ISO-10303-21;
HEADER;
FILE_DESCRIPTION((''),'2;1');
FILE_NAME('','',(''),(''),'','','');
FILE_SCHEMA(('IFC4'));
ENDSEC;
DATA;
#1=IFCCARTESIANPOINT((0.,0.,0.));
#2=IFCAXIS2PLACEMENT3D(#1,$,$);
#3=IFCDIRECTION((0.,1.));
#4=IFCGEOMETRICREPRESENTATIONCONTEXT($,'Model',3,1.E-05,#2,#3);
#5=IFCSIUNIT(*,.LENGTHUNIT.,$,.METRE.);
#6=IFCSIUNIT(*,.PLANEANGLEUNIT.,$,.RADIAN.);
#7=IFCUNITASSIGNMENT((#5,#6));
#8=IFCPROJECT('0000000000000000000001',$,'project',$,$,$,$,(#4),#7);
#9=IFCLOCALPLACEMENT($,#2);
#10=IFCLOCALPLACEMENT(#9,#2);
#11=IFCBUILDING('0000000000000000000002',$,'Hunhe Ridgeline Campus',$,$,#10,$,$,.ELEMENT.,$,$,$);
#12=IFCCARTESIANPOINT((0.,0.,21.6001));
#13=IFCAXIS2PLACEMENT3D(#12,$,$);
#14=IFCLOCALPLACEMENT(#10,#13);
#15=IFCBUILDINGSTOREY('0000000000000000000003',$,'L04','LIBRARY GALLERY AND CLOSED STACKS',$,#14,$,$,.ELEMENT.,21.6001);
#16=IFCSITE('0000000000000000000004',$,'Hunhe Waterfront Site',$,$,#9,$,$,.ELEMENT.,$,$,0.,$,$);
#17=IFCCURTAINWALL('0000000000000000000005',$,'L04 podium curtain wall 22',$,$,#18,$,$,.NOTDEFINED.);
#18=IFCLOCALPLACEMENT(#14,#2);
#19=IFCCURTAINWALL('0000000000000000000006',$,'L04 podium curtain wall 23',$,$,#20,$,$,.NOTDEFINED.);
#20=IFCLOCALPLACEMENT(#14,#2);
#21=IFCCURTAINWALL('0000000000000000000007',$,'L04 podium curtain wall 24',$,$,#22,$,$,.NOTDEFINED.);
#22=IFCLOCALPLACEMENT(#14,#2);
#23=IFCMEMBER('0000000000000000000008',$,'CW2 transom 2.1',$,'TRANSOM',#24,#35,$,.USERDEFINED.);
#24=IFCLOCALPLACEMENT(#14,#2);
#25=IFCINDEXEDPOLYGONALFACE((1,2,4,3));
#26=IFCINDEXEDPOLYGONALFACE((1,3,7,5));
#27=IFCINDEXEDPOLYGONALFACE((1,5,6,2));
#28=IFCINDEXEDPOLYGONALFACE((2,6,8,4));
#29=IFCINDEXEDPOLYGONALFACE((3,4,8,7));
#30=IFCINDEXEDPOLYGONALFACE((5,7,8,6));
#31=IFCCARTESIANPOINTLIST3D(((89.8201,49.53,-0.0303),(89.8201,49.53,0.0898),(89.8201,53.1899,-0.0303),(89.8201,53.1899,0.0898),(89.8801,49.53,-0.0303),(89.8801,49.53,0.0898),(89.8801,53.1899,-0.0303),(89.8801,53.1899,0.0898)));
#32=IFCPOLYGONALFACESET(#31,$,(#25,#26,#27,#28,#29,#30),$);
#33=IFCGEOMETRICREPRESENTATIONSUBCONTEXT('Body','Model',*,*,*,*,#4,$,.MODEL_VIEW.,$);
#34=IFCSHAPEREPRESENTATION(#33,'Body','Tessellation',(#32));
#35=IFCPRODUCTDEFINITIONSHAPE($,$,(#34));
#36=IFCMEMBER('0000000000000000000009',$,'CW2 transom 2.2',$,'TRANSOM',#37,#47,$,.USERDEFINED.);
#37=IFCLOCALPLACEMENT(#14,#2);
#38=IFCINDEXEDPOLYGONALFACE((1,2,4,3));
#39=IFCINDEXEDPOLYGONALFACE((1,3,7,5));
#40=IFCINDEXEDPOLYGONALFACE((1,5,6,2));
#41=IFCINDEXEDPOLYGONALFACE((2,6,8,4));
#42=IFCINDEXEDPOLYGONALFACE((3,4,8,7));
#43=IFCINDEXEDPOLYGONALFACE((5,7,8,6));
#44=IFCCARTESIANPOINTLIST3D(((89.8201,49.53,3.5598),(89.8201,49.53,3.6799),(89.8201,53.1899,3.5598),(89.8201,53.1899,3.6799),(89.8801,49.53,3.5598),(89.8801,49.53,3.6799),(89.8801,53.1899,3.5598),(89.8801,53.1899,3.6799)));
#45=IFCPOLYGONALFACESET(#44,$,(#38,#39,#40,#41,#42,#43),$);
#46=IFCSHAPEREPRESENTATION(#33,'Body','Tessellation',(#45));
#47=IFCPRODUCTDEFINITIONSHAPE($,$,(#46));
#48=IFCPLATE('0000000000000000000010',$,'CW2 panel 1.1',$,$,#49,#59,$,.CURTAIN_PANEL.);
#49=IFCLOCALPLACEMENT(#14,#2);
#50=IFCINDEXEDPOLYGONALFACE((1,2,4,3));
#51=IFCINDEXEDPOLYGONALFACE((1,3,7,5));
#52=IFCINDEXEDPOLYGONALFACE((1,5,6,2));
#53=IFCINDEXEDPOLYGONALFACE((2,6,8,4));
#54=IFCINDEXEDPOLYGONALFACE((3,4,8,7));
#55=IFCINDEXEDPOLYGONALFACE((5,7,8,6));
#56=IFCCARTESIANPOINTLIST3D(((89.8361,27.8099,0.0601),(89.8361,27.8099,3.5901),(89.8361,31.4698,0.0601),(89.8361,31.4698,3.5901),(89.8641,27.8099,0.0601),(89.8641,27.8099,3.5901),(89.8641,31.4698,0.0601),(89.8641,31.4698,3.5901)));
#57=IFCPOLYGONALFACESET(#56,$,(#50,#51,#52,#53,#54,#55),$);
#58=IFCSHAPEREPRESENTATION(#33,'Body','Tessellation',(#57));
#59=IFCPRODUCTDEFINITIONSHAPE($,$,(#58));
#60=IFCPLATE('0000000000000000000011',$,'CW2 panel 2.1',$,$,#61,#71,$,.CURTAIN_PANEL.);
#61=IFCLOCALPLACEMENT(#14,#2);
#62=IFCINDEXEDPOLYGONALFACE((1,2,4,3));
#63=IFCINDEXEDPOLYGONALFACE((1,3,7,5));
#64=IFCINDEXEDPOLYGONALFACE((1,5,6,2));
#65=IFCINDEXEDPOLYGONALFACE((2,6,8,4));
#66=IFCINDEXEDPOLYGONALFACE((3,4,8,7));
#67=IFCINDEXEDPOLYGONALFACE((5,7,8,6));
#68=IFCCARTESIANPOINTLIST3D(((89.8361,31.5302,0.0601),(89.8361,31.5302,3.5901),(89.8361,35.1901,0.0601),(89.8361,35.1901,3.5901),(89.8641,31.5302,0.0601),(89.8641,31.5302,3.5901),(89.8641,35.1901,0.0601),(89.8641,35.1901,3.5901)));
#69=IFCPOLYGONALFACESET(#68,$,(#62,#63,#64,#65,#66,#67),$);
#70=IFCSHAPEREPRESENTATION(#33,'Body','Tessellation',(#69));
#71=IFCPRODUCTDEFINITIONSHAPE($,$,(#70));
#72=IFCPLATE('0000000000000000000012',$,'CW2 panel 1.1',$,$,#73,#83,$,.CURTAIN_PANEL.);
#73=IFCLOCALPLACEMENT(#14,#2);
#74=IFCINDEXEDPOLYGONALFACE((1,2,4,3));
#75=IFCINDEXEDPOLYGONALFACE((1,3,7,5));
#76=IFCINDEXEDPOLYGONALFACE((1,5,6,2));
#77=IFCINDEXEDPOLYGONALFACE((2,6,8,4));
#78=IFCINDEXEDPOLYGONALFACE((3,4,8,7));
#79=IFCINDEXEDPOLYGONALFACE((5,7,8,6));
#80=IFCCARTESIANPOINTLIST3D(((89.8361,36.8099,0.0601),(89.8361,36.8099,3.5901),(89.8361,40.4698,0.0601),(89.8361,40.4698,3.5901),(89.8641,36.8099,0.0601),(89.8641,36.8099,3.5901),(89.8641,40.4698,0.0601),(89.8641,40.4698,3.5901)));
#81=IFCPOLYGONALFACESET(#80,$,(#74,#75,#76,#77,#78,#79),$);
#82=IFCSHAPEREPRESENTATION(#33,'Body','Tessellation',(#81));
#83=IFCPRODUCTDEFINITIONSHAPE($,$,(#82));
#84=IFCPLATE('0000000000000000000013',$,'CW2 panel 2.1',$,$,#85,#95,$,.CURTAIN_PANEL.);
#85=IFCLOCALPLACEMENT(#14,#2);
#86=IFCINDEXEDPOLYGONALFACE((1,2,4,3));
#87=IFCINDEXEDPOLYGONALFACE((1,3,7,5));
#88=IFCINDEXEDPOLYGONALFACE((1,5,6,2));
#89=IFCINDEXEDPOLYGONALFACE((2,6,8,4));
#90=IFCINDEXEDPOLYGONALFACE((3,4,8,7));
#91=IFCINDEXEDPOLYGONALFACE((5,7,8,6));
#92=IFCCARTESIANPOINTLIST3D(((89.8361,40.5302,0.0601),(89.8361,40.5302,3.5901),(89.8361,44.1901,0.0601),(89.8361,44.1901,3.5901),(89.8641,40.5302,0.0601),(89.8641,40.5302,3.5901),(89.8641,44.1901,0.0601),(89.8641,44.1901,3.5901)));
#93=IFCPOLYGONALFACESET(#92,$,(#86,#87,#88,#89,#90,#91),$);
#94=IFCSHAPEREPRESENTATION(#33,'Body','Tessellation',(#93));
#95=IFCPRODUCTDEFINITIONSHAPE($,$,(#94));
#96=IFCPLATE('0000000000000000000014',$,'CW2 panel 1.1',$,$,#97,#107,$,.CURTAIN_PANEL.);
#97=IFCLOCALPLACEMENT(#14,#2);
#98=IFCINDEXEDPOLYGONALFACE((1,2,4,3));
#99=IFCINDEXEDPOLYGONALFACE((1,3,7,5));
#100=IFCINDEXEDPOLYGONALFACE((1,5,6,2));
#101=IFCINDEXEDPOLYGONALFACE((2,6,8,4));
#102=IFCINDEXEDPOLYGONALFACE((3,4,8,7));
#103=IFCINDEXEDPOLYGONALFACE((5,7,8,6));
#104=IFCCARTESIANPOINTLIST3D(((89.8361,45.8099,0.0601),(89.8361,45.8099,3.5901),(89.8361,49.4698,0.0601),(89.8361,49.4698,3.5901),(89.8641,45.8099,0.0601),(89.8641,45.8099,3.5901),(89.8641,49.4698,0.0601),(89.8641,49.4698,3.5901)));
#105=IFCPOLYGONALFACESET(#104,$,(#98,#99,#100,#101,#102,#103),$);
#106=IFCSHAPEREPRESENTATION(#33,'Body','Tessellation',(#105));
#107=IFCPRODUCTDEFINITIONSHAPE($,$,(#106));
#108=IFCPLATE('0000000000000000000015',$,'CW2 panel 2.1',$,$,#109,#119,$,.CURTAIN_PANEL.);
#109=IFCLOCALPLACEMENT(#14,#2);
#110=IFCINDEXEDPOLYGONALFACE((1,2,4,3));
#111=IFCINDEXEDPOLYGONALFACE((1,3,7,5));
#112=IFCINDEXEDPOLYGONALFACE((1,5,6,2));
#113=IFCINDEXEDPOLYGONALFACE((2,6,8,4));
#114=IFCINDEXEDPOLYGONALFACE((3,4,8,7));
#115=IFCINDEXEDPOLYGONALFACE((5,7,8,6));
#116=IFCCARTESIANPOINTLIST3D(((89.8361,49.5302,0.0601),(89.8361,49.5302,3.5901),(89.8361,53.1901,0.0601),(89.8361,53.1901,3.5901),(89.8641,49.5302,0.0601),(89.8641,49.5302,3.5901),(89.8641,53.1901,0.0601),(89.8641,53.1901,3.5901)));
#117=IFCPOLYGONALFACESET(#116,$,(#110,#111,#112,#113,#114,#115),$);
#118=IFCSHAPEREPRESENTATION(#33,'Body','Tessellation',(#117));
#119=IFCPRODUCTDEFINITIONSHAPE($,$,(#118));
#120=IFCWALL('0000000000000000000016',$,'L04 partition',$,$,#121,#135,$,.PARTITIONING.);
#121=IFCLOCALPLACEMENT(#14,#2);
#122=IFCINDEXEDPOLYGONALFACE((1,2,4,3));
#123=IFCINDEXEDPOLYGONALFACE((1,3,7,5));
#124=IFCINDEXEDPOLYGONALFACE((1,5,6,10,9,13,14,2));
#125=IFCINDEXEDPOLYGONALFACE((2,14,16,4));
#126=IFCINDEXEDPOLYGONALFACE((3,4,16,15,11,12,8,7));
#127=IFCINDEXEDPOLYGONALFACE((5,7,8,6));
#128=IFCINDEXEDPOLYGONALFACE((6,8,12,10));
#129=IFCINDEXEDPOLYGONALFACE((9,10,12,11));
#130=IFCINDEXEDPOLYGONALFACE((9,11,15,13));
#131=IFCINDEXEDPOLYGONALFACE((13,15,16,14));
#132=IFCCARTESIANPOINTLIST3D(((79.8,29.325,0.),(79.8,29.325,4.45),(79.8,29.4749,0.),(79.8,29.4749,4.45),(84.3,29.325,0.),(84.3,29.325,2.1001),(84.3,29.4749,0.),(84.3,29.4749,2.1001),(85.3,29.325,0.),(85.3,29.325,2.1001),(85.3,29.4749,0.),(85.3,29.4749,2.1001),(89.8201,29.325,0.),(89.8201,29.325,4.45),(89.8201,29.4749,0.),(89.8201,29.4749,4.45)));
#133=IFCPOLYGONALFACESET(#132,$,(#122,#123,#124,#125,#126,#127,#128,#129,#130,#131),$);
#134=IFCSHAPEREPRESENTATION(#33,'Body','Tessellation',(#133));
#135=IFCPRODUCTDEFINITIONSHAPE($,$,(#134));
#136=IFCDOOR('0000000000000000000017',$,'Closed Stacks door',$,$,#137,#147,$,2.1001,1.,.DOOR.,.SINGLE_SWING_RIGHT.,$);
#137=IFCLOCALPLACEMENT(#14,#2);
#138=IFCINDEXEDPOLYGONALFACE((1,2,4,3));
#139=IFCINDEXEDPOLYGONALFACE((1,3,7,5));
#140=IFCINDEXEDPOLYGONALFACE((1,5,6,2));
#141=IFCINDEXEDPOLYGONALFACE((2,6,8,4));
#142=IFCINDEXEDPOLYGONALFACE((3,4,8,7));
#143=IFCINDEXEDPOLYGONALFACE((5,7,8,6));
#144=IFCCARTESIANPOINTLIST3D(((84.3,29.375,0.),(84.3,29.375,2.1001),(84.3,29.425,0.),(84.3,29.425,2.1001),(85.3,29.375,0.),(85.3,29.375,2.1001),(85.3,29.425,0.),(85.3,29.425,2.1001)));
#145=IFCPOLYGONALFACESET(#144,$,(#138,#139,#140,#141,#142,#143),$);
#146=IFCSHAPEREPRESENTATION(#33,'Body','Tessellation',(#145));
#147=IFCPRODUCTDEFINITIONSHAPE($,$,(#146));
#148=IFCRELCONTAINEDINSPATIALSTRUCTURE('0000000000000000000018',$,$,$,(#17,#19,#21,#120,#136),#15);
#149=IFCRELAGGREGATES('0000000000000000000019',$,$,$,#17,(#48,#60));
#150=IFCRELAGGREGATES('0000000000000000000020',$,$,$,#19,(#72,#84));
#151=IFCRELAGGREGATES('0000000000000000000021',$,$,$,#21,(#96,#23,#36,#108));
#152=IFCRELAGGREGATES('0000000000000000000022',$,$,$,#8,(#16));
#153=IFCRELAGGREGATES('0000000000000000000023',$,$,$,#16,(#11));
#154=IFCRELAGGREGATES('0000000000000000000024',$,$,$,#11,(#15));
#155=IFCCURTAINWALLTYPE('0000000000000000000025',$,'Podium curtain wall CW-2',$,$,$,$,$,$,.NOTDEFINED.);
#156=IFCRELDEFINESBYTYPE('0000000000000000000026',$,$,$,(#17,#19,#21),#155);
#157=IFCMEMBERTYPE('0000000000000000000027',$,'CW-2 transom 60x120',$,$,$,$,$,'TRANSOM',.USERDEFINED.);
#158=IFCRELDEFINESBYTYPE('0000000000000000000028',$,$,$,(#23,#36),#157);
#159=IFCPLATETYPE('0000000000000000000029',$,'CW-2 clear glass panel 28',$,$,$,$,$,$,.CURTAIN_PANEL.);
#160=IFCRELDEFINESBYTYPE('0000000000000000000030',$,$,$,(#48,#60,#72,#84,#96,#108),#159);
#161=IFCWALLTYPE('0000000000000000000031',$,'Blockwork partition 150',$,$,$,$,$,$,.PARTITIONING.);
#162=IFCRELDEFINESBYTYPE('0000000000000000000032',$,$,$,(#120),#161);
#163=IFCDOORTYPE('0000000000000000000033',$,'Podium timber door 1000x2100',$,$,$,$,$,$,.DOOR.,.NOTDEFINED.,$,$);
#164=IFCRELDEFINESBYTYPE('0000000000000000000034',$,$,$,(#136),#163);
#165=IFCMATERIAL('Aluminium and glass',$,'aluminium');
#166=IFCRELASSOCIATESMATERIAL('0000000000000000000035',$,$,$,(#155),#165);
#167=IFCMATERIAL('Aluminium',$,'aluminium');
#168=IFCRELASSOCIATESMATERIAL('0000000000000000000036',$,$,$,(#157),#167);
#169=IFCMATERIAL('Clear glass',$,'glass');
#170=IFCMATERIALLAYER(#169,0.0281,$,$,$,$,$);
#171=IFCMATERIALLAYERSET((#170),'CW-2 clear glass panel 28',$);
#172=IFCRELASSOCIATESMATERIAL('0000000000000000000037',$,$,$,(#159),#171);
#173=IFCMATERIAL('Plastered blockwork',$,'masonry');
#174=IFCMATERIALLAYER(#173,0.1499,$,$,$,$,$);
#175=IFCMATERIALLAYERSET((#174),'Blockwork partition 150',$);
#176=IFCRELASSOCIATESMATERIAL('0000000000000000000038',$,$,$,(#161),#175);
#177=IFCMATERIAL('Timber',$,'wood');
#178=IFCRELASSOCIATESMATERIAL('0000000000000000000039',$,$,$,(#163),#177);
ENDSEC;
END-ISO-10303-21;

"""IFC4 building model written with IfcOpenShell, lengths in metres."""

from ifc_helpers import new_model, si_unit, direction, frame, frame_2d, origin, origin_2d, place, context, subcontext, project, spatial, rectangle, extrude, material, layer, layer_set, material_profile, profile_set, type_object, element, fill, aggregate, save


model = new_model("IFC4")

# Units and contexts
model_context = context("Model", 3, precision=1e-05, world=origin(), true_north=direction((0.0, 1.0)))
body_context = subcontext(model_context, "Body", "Model", "MODEL_VIEW")
ifc_project = project(units=[si_unit("LENGTHUNIT", "METRE"), si_unit("PLANEANGLEUNIT", "RADIAN")], contexts=[model_context])

# Site, building, storey
site_placement = place(None, origin())
site = spatial("IfcSite", under=ifc_project, at=site_placement, Name="Hunhe Waterfront Site", CompositionType="ELEMENT", RefElevation=0.0)
building_placement = place(site_placement, origin())
building = spatial("IfcBuilding", under=site, at=building_placement, Name="Hunhe Ridgeline Campus", CompositionType="ELEMENT")
storey_placement = place(building_placement, frame((0.0, 0.0, 21.6001)))
storey = spatial("IfcBuildingStorey", under=building, at=storey_placement, Name="L04", Description="LIBRARY GALLERY AND CLOSED STACKS", CompositionType="ELEMENT", Elevation=21.6001)

# Curtain walls
ifc_material_1 = material(Name="Aluminium and glass", Category="aluminium")
curtain_wall_type = type_object("IfcCurtainWallType", Name="Podium curtain wall CW-2", PredefinedType="NOTDEFINED", material=ifc_material_1)
curtain_wall_1_placement = place(storey_placement, origin())
curtain_wall_1 = element("IfcCurtainWall", 1, at=curtain_wall_1_placement, inside=storey, type_object=curtain_wall_type, Name="L04 podium curtain wall 22", PredefinedType="NOTDEFINED")
ifc_material_2 = material(Name="Aluminium", Category="aluminium")
curtain_wall_2_placement = place(storey_placement, origin())
curtain_wall_2 = element("IfcCurtainWall", 2, at=curtain_wall_2_placement, inside=storey, type_object=curtain_wall_type, Name="L04 podium curtain wall 23", PredefinedType="NOTDEFINED")
curtain_wall_3_placement = place(storey_placement, origin())
curtain_wall_3 = element("IfcCurtainWall", 3, at=curtain_wall_3_placement, inside=storey, type_object=curtain_wall_type, Name="L04 podium curtain wall 24", PredefinedType="NOTDEFINED")

# Members
ifc_material_profile_1 = material_profile(ifc_material_2, rectangle(XDim=0.0601, YDim=0.1201, at=origin_2d()))
ifc_profile_set_1 = profile_set([ifc_material_profile_1], Name="Aluminium")
member_type_1 = type_object("IfcMemberType", Name="CW-2 transom 60x120", ElementType="TRANSOM", PredefinedType="USERDEFINED", material=ifc_profile_set_1)
member_1_placement = place(storey_placement, frame((89.8501, 49.53, 0.0298), z_axis=(0.0, 1.0, 0.0), x_axis=(-1.0, 0.0, 0.0)))
member_1 = element("IfcMember", 4, at=member_1_placement, type_object=member_type_1, Name="CW2 transom 2.1", ObjectType="TRANSOM", PredefinedType="USERDEFINED", context=body_context, shape_type="SweptSolid", body=[
    extrude(rectangle(XDim=0.0601, YDim=0.1201, at=origin_2d()), origin(), (0.0, 0.0, 1.0), 3.6599),
])
member_2_placement = place(storey_placement, frame((89.8501, 49.53, 3.6199), z_axis=(0.0, 1.0, 0.0), x_axis=(-1.0, 0.0, 0.0)))
member_2 = element("IfcMember", 5, at=member_2_placement, type_object=member_type_1, Name="CW2 transom 2.2", ObjectType="TRANSOM", PredefinedType="USERDEFINED", context=body_context, shape_type="SweptSolid", body=[
    extrude(rectangle(XDim=0.0601, YDim=0.1201, at=origin_2d()), origin(), (0.0, 0.0, 1.0), 3.6599),
])

# Plates
ifc_material_3 = material(Name="Clear glass", Category="glass")
ifc_layer_1 = layer(ifc_material_3, 0.0281)
ifc_layer_set_1 = layer_set([ifc_layer_1], Name="CW-2 clear glass panel 28")
plate_type = type_object("IfcPlateType", Name="CW-2 clear glass panel 28", PredefinedType="CURTAIN_PANEL", material=ifc_layer_set_1)
plate_1_placement = place(storey_placement, frame((89.8501, 29.6399, 0.0601), z_axis=(0.0, 0.0, 1.0), x_axis=(0.0, 1.0, 0.0)))
plate_1 = element("IfcPlate", 6, at=plate_1_placement, type_object=plate_type, Name="CW2 panel 1.1", PredefinedType="CURTAIN_PANEL", context=body_context, shape_type="SweptSolid", body=[
    extrude(rectangle(XDim=3.6599, YDim=0.0281, at=origin_2d()), origin(), (0.0, 0.0, 1.0), 3.53),
])
plate_2_placement = place(storey_placement, frame((89.8501, 33.3601, 0.0601), z_axis=(0.0, 0.0, 1.0), x_axis=(0.0, 1.0, 0.0)))
plate_2 = element("IfcPlate", 7, at=plate_2_placement, type_object=plate_type, Name="CW2 panel 2.1", PredefinedType="CURTAIN_PANEL", context=body_context, shape_type="SweptSolid", body=[
    extrude(rectangle(XDim=3.6599, YDim=0.0281, at=origin_2d()), origin(), (0.0, 0.0, 1.0), 3.53),
])
aggregate(curtain_wall_1, [plate_1, plate_2])
plate_3_placement = place(storey_placement, frame((89.8501, 38.6399, 0.0601), z_axis=(0.0, 0.0, 1.0), x_axis=(0.0, 1.0, 0.0)))
plate_3 = element("IfcPlate", 8, at=plate_3_placement, type_object=plate_type, Name="CW2 panel 1.1", PredefinedType="CURTAIN_PANEL", context=body_context, shape_type="SweptSolid", body=[
    extrude(rectangle(XDim=3.6599, YDim=0.0281, at=origin_2d()), origin(), (0.0, 0.0, 1.0), 3.53),
])
plate_4_placement = place(storey_placement, frame((89.8501, 42.3601, 0.0601), z_axis=(0.0, 0.0, 1.0), x_axis=(0.0, 1.0, 0.0)))
plate_4 = element("IfcPlate", 9, at=plate_4_placement, type_object=plate_type, Name="CW2 panel 2.1", PredefinedType="CURTAIN_PANEL", context=body_context, shape_type="SweptSolid", body=[
    extrude(rectangle(XDim=3.6599, YDim=0.0281, at=origin_2d()), origin(), (0.0, 0.0, 1.0), 3.53),
])
aggregate(curtain_wall_2, [plate_3, plate_4])
plate_5_placement = place(storey_placement, frame((89.8501, 47.6399, 0.0601), z_axis=(0.0, 0.0, 1.0), x_axis=(0.0, 1.0, 0.0)))
plate_5 = element("IfcPlate", 10, at=plate_5_placement, type_object=plate_type, Name="CW2 panel 1.1", PredefinedType="CURTAIN_PANEL", context=body_context, shape_type="SweptSolid", body=[
    extrude(rectangle(XDim=3.6599, YDim=0.0281, at=origin_2d()), origin(), (0.0, 0.0, 1.0), 3.53),
])
plate_6_placement = place(storey_placement, frame((89.8501, 51.3601, 0.0601), z_axis=(0.0, 0.0, 1.0), x_axis=(0.0, 1.0, 0.0)))
plate_6 = element("IfcPlate", 11, at=plate_6_placement, type_object=plate_type, Name="CW2 panel 2.1", PredefinedType="CURTAIN_PANEL", context=body_context, shape_type="SweptSolid", body=[
    extrude(rectangle(XDim=3.6599, YDim=0.0281, at=origin_2d()), origin(), (0.0, 0.0, 1.0), 3.53),
])
aggregate(curtain_wall_3, [plate_5, member_1, member_2, plate_6])

# Wall, opening, door
ifc_material_4 = material(Name="Plastered blockwork", Category="masonry")
ifc_layer_2 = layer(ifc_material_4, 0.1499)
ifc_layer_set_2 = layer_set([ifc_layer_2], Name="Blockwork partition 150")
wall_type = type_object("IfcWallType", Name="Blockwork partition 150", PredefinedType="PARTITIONING", material=ifc_layer_set_2)
wall_placement = place(storey_placement, frame((89.8201, 29.3999, 0.0), z_axis=(0.0, 0.0, 1.0), x_axis=(-1.0, 0.0, 0.0)))
wall = element("IfcWall", 12, at=wall_placement, inside=storey, type_object=wall_type, Name="L04 partition", PredefinedType="PARTITIONING", context=body_context, shape_type="SweptSolid", body=[
    extrude(rectangle(XDim=10.02, YDim=0.1499, at=frame_2d((5.01, 0.0))), origin(), (0.0, 0.0, 1.0), 4.45),
])
opening_placement = place(wall_placement, frame((4.52, 0.0, 0.0)))
opening = element("IfcOpeningElement", 13, at=opening_placement, cuts=wall, PredefinedType="OPENING", context=body_context, shape_type="SweptSolid", body=[
    extrude(rectangle(XDim=1.0, YDim=2.1001, at=frame_2d((0.5, 1.05))), frame((0.0, 0.075, 0.0), z_axis=(0.0, -1.0, 0.0), x_axis=(1.0, 0.0, 0.0)), (0.0, 0.0, 1.0), 0.1499),
])
ifc_material_5 = material(Name="Timber", Category="wood")
door_type = type_object("IfcDoorType", Name="Podium timber door 1000x2100", OperationType="NOTDEFINED", PredefinedType="DOOR", material=ifc_material_5)
door_placement = place(opening_placement, origin())
door = element("IfcDoor", 14, at=door_placement, inside=storey, type_object=door_type, Name="Closed Stacks door", OperationType="SINGLE_SWING_RIGHT", OverallHeight=2.1001, OverallWidth=1.0, PredefinedType="DOOR", context=body_context, shape_type="SweptSolid", body=[
    extrude(rectangle(XDim=1.0, YDim=2.1001, at=frame_2d((0.5, 1.05))), frame((0.0, 0.0249, 0.0), z_axis=(0.0, -1.0, 0.0), x_axis=(1.0, 0.0, 0.0)), (0.0, 0.0, 1.0), 0.05),
])
fill(opening, door)

save(model, "model.ifc")
